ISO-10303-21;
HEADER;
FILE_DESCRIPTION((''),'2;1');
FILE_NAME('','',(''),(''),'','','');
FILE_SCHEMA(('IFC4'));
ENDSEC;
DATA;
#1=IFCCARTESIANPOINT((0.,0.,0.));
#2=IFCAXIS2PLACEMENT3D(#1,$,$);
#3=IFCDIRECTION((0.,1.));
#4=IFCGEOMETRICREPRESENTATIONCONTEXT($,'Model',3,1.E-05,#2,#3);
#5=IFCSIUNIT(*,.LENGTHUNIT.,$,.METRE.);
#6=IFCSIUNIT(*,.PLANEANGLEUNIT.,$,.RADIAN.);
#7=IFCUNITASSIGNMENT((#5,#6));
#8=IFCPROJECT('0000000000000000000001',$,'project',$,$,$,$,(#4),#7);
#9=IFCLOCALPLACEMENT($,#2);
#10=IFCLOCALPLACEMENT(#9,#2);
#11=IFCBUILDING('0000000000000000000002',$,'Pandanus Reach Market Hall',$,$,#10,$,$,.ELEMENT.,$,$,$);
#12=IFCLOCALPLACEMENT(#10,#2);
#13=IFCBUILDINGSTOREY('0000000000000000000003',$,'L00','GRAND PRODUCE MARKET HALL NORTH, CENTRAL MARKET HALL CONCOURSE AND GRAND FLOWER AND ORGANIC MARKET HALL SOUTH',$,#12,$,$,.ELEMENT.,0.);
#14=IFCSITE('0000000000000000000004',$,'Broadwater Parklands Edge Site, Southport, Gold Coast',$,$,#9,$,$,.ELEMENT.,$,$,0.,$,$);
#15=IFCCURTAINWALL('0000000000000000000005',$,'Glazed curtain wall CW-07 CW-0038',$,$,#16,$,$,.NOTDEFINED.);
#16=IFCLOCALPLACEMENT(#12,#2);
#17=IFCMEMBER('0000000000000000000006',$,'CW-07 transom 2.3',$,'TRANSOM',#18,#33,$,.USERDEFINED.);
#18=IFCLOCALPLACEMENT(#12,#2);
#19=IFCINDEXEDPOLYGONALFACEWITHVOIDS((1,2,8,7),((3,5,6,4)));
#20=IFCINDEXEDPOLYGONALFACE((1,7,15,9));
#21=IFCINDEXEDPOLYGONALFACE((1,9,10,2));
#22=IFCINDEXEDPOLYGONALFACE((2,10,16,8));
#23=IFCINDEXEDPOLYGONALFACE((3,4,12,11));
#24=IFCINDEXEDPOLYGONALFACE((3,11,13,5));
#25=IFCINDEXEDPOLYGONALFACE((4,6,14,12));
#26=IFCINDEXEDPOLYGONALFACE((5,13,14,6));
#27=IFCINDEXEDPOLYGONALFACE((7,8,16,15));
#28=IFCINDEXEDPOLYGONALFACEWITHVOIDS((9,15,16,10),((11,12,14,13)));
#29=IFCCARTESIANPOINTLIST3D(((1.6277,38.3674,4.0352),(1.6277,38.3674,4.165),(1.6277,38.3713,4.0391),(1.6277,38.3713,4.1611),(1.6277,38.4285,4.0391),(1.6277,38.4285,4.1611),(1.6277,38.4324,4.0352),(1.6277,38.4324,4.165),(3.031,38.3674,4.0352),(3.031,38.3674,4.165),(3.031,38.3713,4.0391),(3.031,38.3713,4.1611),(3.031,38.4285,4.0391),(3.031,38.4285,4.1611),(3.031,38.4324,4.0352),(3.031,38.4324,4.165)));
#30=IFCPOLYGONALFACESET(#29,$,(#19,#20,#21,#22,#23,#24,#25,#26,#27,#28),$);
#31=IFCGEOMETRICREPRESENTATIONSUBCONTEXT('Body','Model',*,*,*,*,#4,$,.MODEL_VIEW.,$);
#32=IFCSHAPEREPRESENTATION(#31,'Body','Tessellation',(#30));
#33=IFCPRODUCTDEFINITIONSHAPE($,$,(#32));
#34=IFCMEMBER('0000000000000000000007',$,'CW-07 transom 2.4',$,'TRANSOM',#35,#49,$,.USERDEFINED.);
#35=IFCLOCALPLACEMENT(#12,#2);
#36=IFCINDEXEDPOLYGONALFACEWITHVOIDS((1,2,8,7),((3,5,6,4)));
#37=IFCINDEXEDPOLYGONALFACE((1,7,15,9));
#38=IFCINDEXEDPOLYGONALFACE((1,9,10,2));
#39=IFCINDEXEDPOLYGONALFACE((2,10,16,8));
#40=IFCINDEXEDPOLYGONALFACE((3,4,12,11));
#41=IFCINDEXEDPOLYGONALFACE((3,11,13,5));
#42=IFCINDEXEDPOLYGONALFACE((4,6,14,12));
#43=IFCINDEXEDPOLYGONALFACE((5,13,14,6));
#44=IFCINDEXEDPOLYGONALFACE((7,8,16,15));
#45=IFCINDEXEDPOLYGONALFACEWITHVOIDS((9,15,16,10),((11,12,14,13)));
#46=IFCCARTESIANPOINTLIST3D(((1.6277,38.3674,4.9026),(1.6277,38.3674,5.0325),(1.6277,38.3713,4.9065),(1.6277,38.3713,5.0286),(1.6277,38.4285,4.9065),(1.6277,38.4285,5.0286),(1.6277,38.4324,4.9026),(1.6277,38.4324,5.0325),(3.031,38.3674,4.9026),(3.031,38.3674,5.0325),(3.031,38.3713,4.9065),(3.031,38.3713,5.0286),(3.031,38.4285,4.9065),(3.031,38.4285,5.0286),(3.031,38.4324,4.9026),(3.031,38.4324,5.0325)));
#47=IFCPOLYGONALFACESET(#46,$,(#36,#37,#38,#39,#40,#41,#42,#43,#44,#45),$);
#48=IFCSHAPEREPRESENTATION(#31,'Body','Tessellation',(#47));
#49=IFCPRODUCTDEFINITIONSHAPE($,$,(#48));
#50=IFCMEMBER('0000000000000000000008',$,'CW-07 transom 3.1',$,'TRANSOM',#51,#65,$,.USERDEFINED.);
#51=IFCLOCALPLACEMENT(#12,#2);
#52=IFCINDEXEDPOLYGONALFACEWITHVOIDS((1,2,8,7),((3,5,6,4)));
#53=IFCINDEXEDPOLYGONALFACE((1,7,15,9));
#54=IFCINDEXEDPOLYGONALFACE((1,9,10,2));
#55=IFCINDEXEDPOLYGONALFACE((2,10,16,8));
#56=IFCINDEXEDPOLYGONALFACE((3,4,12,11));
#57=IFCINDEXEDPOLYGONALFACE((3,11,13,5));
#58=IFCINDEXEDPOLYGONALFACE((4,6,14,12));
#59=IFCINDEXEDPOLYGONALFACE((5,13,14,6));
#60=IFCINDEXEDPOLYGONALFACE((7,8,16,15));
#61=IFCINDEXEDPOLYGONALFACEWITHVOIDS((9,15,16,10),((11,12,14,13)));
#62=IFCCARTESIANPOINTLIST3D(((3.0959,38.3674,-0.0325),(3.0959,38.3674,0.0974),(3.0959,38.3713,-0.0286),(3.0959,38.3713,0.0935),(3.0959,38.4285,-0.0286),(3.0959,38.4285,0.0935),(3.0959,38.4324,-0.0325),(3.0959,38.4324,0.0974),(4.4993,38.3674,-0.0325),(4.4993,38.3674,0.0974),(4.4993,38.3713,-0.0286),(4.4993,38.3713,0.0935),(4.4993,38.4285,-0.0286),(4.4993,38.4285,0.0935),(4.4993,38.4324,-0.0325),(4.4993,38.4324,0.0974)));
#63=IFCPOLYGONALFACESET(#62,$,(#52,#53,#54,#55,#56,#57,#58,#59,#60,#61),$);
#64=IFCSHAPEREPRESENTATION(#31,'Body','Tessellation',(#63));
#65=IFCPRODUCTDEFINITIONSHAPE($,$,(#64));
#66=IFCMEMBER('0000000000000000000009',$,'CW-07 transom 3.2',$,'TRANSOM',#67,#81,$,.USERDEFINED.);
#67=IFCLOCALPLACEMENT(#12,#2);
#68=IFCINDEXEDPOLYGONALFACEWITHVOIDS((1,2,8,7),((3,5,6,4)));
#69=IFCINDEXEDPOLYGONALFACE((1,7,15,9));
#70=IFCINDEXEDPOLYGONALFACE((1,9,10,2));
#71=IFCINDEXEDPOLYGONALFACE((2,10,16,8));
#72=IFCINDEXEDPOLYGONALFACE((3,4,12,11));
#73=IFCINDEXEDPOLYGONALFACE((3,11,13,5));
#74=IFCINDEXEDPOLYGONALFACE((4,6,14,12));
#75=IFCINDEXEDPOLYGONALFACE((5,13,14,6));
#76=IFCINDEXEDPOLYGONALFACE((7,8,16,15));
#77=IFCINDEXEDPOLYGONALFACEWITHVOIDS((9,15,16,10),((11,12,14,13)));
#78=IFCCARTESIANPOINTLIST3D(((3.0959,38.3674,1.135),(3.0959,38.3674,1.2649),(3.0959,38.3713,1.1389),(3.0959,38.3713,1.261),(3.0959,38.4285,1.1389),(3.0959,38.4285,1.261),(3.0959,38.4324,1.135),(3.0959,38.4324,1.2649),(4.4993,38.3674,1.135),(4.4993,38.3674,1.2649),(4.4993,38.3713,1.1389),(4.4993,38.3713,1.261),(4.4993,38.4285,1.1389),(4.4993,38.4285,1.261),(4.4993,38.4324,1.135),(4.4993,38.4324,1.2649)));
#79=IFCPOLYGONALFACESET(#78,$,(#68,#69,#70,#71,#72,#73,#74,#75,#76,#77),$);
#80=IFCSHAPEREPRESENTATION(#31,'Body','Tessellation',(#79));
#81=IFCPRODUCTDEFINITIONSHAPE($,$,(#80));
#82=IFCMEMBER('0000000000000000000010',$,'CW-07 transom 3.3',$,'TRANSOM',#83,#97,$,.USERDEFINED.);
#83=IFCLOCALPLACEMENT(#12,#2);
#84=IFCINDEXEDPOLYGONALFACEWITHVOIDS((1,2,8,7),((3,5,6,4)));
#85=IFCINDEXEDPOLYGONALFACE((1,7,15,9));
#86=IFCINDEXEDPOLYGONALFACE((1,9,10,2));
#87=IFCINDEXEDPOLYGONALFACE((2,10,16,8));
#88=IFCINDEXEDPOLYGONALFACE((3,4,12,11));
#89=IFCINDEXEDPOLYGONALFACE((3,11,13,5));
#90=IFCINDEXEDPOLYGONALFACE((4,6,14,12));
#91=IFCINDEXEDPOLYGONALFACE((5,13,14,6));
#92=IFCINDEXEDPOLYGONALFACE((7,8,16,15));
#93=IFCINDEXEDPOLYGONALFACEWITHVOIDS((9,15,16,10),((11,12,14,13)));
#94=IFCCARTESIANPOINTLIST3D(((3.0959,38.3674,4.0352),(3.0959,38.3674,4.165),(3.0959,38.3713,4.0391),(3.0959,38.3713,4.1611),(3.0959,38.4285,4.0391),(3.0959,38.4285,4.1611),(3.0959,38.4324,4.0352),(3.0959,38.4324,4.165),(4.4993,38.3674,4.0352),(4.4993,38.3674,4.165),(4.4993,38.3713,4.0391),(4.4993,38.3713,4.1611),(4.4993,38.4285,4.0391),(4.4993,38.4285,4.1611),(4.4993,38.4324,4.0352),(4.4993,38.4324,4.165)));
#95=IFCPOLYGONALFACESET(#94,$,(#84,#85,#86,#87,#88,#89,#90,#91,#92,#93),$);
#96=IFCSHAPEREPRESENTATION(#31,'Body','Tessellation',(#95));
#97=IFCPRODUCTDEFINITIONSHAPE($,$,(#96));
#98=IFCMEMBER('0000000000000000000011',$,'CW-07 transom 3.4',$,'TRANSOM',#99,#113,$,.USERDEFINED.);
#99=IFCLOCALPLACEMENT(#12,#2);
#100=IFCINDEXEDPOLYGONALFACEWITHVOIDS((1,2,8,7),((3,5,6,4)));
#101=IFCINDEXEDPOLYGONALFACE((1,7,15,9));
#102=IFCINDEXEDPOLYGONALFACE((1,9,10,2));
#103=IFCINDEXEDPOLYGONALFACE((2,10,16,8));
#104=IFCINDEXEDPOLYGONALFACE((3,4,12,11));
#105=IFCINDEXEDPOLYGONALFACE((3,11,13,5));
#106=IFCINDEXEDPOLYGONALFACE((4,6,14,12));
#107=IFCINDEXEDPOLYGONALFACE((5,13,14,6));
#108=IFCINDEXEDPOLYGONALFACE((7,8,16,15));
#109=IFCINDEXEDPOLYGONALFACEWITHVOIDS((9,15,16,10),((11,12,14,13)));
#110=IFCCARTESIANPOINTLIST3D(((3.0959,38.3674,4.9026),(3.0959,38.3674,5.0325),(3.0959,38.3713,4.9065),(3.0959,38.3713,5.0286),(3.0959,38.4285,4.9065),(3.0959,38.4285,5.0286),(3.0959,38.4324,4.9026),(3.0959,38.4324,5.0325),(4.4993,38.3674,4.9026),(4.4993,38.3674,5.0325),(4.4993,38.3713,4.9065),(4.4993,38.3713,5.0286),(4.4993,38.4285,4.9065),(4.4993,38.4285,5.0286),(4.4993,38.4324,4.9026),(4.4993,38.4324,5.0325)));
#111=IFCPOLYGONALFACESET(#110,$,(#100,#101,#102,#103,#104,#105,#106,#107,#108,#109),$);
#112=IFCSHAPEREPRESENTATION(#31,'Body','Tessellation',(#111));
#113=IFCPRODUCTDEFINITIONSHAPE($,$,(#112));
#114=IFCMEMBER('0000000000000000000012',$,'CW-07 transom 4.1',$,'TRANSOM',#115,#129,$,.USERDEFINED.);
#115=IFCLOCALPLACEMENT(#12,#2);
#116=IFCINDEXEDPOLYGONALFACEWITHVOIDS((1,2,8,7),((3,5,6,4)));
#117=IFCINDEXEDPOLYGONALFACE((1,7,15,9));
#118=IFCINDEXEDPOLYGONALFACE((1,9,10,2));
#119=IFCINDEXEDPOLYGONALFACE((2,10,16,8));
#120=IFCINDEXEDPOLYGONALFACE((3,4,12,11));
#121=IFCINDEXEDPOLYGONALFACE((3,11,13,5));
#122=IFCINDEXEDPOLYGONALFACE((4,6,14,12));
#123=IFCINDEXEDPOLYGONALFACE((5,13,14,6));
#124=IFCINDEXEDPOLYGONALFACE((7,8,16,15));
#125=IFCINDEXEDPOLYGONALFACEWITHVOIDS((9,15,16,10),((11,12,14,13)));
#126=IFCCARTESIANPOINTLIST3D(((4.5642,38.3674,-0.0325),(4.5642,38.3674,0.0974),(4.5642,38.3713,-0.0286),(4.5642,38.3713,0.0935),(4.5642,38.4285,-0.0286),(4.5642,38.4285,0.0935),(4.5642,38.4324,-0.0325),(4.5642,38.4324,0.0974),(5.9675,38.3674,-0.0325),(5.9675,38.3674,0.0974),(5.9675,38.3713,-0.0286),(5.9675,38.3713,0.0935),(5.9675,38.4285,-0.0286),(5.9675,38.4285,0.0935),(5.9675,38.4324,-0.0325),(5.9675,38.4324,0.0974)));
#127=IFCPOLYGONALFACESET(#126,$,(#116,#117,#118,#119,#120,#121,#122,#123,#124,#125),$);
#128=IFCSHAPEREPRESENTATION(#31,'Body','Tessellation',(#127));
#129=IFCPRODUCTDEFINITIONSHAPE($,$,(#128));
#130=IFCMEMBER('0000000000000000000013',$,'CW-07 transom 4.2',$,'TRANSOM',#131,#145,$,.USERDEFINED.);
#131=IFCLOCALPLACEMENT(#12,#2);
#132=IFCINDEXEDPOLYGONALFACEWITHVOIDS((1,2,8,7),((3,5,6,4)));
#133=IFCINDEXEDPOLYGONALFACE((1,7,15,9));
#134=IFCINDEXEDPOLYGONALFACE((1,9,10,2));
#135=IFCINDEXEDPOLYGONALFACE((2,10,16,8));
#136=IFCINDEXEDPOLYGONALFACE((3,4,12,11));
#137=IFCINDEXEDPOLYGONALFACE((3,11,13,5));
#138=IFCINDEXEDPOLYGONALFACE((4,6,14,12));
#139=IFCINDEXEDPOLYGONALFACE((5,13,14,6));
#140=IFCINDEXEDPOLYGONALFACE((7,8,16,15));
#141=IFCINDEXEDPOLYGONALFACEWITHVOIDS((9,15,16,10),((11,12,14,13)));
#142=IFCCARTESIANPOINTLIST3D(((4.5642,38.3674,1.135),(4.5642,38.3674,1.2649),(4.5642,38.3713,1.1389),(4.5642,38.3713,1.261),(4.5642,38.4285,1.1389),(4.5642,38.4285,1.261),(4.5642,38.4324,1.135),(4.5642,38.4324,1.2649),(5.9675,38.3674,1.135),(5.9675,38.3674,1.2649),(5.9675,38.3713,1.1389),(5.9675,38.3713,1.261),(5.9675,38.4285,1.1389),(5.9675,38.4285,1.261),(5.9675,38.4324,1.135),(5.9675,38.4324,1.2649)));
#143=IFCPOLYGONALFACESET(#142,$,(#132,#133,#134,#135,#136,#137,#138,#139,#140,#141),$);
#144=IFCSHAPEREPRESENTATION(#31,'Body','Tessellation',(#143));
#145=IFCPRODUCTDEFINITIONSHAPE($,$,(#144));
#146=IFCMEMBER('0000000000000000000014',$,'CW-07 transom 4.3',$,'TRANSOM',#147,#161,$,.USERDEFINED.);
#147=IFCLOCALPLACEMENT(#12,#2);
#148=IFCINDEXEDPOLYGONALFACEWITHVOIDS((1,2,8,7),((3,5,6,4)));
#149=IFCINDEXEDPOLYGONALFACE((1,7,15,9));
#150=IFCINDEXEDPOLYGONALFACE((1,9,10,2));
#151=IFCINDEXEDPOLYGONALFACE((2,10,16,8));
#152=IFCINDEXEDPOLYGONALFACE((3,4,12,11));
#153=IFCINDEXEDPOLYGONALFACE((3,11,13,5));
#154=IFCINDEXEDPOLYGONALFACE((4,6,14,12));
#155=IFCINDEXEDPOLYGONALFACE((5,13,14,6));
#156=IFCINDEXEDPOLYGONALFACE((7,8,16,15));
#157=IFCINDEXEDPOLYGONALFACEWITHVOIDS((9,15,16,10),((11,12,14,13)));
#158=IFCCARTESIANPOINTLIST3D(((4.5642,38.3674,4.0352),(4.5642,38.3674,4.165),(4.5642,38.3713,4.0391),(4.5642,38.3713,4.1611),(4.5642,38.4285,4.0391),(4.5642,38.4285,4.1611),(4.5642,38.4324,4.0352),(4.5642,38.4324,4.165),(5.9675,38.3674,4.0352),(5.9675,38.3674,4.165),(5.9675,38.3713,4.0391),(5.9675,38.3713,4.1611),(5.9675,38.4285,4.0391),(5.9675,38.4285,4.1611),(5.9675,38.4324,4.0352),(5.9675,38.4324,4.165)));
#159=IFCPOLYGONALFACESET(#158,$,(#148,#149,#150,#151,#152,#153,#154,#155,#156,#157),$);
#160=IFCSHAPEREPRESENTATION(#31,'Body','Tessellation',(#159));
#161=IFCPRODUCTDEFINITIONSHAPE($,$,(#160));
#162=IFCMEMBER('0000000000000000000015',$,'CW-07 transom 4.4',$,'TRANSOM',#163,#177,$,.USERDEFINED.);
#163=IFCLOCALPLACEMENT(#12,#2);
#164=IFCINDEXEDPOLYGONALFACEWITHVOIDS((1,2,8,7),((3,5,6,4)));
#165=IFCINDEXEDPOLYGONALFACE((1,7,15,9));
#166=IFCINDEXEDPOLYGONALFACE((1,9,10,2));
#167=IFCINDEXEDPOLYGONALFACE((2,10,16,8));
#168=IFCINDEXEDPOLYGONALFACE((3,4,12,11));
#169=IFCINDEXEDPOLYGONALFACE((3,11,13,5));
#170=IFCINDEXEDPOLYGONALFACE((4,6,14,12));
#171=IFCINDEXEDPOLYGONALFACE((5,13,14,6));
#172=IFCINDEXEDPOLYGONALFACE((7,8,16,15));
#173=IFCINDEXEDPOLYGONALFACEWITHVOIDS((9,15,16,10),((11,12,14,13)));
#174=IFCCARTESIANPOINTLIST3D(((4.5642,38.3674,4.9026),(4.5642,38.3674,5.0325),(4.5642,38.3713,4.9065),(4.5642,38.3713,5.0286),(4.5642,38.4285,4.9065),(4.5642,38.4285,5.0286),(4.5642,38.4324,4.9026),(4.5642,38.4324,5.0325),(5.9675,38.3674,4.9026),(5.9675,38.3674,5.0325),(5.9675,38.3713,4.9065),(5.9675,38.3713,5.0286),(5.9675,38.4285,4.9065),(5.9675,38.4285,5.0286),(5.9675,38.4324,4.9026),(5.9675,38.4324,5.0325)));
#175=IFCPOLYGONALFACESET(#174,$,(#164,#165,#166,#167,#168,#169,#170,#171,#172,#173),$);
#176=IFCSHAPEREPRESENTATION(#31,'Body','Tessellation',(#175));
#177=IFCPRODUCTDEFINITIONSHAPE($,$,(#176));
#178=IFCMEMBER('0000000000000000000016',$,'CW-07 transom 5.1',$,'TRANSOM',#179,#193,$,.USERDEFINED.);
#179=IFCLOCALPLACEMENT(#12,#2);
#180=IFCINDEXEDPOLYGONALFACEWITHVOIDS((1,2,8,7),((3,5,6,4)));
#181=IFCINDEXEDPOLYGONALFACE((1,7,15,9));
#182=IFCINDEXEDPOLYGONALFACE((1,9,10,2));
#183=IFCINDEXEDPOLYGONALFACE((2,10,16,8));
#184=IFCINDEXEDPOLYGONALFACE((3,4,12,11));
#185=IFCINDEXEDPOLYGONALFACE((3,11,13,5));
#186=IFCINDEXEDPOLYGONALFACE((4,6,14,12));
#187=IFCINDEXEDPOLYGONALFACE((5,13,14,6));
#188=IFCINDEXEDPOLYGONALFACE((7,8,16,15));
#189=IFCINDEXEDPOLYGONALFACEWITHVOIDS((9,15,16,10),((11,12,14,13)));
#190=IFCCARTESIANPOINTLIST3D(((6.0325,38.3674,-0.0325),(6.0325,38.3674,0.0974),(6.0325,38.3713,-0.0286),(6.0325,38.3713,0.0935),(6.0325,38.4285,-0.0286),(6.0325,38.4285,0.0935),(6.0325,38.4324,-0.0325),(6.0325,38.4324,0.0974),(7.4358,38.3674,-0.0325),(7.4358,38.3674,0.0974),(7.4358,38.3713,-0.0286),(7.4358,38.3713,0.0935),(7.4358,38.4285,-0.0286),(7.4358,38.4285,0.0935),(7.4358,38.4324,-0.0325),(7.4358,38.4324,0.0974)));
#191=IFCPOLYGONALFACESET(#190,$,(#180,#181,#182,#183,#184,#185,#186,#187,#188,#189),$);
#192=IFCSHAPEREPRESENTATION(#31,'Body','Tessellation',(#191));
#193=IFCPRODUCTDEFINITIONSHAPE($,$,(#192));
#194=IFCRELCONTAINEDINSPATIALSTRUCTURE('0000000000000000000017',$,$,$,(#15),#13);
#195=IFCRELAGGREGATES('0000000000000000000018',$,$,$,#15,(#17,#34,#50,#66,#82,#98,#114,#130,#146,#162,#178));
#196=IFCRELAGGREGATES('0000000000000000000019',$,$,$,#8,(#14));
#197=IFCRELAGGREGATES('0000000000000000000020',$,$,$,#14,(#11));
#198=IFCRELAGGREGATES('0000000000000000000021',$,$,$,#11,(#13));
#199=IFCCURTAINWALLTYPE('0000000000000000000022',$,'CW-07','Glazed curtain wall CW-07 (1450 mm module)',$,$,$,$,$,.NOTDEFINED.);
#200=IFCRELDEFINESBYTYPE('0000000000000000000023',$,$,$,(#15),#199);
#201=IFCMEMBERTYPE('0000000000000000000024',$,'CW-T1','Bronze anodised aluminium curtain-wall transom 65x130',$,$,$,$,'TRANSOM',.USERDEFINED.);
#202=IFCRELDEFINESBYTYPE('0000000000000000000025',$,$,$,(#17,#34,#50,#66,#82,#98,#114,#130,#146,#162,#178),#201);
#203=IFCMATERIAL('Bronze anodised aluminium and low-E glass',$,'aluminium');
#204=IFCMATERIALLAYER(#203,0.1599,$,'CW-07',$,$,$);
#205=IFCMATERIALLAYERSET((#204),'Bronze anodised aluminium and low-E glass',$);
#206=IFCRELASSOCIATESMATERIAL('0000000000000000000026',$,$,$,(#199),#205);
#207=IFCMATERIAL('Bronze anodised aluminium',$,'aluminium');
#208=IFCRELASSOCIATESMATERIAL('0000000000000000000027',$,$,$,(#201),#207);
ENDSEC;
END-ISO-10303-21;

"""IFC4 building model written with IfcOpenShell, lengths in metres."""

from ifc_helpers import new_model, si_unit, direction, frame, origin, origin_2d, place, context, subcontext, project, spatial, hollow_rectangle, extrude, material, layer, layer_set, material_profile, profile_set, type_object, element, aggregate, save


model = new_model("IFC4")

# Units and contexts
model_context = context("Model", 3, precision=1e-05, world=origin(), true_north=direction((0.0, 1.0)))
body_context = subcontext(model_context, "Body", "Model", "MODEL_VIEW")
ifc_project = project(units=[si_unit("LENGTHUNIT", "METRE"), si_unit("PLANEANGLEUNIT", "RADIAN")], contexts=[model_context])

# Site, building, storey
site_placement = place(None, origin())
site = spatial("IfcSite", under=ifc_project, at=site_placement, Name="Broadwater Parklands Edge Site, Southport, Gold Coast", CompositionType="ELEMENT", RefElevation=0.0)
building_placement = place(site_placement, origin())
building = spatial("IfcBuilding", under=site, at=building_placement, Name="Pandanus Reach Market Hall", CompositionType="ELEMENT")
storey_placement = place(building_placement, origin())
storey = spatial("IfcBuildingStorey", under=building, at=storey_placement, Name="L00", Description="GRAND PRODUCE MARKET HALL NORTH, CENTRAL MARKET HALL CONCOURSE AND GRAND FLOWER AND ORGANIC MARKET HALL SOUTH", CompositionType="ELEMENT", Elevation=0.0)

# Curtain wall, members
ifc_material_1 = material(Name="Bronze anodised aluminium and low-E glass", Category="aluminium")
ifc_layer_1 = layer(ifc_material_1, 0.1599, Name="CW-07")
ifc_layer_set_1 = layer_set([ifc_layer_1], Name="Bronze anodised aluminium and low-E glass")
curtain_wall_type = type_object("IfcCurtainWallType", Name="CW-07", Description="Glazed curtain wall CW-07 (1450 mm module)", PredefinedType="NOTDEFINED", material=ifc_layer_set_1)
curtain_wall_placement = place(storey_placement, origin())
curtain_wall = element("IfcCurtainWall", 1, at=curtain_wall_placement, inside=storey, type_object=curtain_wall_type, Name="Glazed curtain wall CW-07 CW-0038", PredefinedType="NOTDEFINED")
ifc_material_2 = material(Name="Bronze anodised aluminium", Category="aluminium")
ifc_material_profile_1 = material_profile(ifc_material_2, hollow_rectangle(XDim=0.0649, YDim=0.1299, WallThickness=0.0039, at=origin_2d()), Name="ALU65x130", Category="LoadBearing")
ifc_profile_set_1 = profile_set([ifc_material_profile_1], Name="Bronze anodised aluminium")
member_type_1 = type_object("IfcMemberType", Name="CW-T1", Description="Bronze anodised aluminium curtain-wall transom 65x130", ElementType="TRANSOM", PredefinedType="USERDEFINED", material=ifc_profile_set_1)
member_1_placement = place(storey_placement, frame((1.6277, 38.3999, 4.1001), z_axis=(1.0, 0.0, 0.0), x_axis=(0.0, 1.0, 0.0)))
member_1 = element("IfcMember", 2, at=member_1_placement, type_object=member_type_1, Name="CW-07 transom 2.3", ObjectType="TRANSOM", PredefinedType="USERDEFINED", context=body_context, shape_type="SweptSolid", body=[
    extrude(hollow_rectangle(XDim=0.0649, YDim=0.1299, WallThickness=0.0039, at=origin_2d()), origin(), (0.0, 0.0, 1.0), 1.4033),
])
member_2_placement = place(storey_placement, frame((1.6277, 38.3999, 4.9675), z_axis=(1.0, 0.0, 0.0), x_axis=(0.0, 1.0, 0.0)))
member_2 = element("IfcMember", 3, at=member_2_placement, type_object=member_type_1, Name="CW-07 transom 2.4", ObjectType="TRANSOM", PredefinedType="USERDEFINED", context=body_context, shape_type="SweptSolid", body=[
    extrude(hollow_rectangle(XDim=0.0649, YDim=0.1299, WallThickness=0.0039, at=origin_2d()), origin(), (0.0, 0.0, 1.0), 1.4033),
])
member_3_placement = place(storey_placement, frame((3.0959, 38.3999, 0.0325), z_axis=(1.0, 0.0, 0.0), x_axis=(0.0, 1.0, 0.0)))
member_3 = element("IfcMember", 4, at=member_3_placement, type_object=member_type_1, Name="CW-07 transom 3.1", ObjectType="TRANSOM", PredefinedType="USERDEFINED", context=body_context, shape_type="SweptSolid", body=[
    extrude(hollow_rectangle(XDim=0.0649, YDim=0.1299, WallThickness=0.0039, at=origin_2d()), origin(), (0.0, 0.0, 1.0), 1.4033),
])
member_4_placement = place(storey_placement, frame((3.0959, 38.3999, 1.2), z_axis=(1.0, 0.0, 0.0), x_axis=(0.0, 1.0, 0.0)))
member_4 = element("IfcMember", 5, at=member_4_placement, type_object=member_type_1, Name="CW-07 transom 3.2", ObjectType="TRANSOM", PredefinedType="USERDEFINED", context=body_context, shape_type="SweptSolid", body=[
    extrude(hollow_rectangle(XDim=0.0649, YDim=0.1299, WallThickness=0.0039, at=origin_2d()), origin(), (0.0, 0.0, 1.0), 1.4033),
])
member_5_placement = place(storey_placement, frame((3.0959, 38.3999, 4.1001), z_axis=(1.0, 0.0, 0.0), x_axis=(0.0, 1.0, 0.0)))
member_5 = element("IfcMember", 6, at=member_5_placement, type_object=member_type_1, Name="CW-07 transom 3.3", ObjectType="TRANSOM", PredefinedType="USERDEFINED", context=body_context, shape_type="SweptSolid", body=[
    extrude(hollow_rectangle(XDim=0.0649, YDim=0.1299, WallThickness=0.0039, at=origin_2d()), origin(), (0.0, 0.0, 1.0), 1.4033),
])
member_6_placement = place(storey_placement, frame((3.0959, 38.3999, 4.9675), z_axis=(1.0, 0.0, 0.0), x_axis=(0.0, 1.0, 0.0)))
member_6 = element("IfcMember", 7, at=member_6_placement, type_object=member_type_1, Name="CW-07 transom 3.4", ObjectType="TRANSOM", PredefinedType="USERDEFINED", context=body_context, shape_type="SweptSolid", body=[
    extrude(hollow_rectangle(XDim=0.0649, YDim=0.1299, WallThickness=0.0039, at=origin_2d()), origin(), (0.0, 0.0, 1.0), 1.4033),
])
member_7_placement = place(storey_placement, frame((4.5642, 38.3999, 0.0325), z_axis=(1.0, 0.0, 0.0), x_axis=(0.0, 1.0, 0.0)))
member_7 = element("IfcMember", 8, at=member_7_placement, type_object=member_type_1, Name="CW-07 transom 4.1", ObjectType="TRANSOM", PredefinedType="USERDEFINED", context=body_context, shape_type="SweptSolid", body=[
    extrude(hollow_rectangle(XDim=0.0649, YDim=0.1299, WallThickness=0.0039, at=origin_2d()), origin(), (0.0, 0.0, 1.0), 1.4033),
])
member_8_placement = place(storey_placement, frame((4.5642, 38.3999, 1.2), z_axis=(1.0, 0.0, 0.0), x_axis=(0.0, 1.0, 0.0)))
member_8 = element("IfcMember", 9, at=member_8_placement, type_object=member_type_1, Name="CW-07 transom 4.2", ObjectType="TRANSOM", PredefinedType="USERDEFINED", context=body_context, shape_type="SweptSolid", body=[
    extrude(hollow_rectangle(XDim=0.0649, YDim=0.1299, WallThickness=0.0039, at=origin_2d()), origin(), (0.0, 0.0, 1.0), 1.4033),
])
member_9_placement = place(storey_placement, frame((4.5642, 38.3999, 4.1001), z_axis=(1.0, 0.0, 0.0), x_axis=(0.0, 1.0, 0.0)))
member_9 = element("IfcMember", 10, at=member_9_placement, type_object=member_type_1, Name="CW-07 transom 4.3", ObjectType="TRANSOM", PredefinedType="USERDEFINED", context=body_context, shape_type="SweptSolid", body=[
    extrude(hollow_rectangle(XDim=0.0649, YDim=0.1299, WallThickness=0.0039, at=origin_2d()), origin(), (0.0, 0.0, 1.0), 1.4033),
])
member_10_placement = place(storey_placement, frame((4.5642, 38.3999, 4.9675), z_axis=(1.0, 0.0, 0.0), x_axis=(0.0, 1.0, 0.0)))
member_10 = element("IfcMember", 11, at=member_10_placement, type_object=member_type_1, Name="CW-07 transom 4.4", ObjectType="TRANSOM", PredefinedType="USERDEFINED", context=body_context, shape_type="SweptSolid", body=[
    extrude(hollow_rectangle(XDim=0.0649, YDim=0.1299, WallThickness=0.0039, at=origin_2d()), origin(), (0.0, 0.0, 1.0), 1.4033),
])
member_11_placement = place(storey_placement, frame((6.0325, 38.3999, 0.0325), z_axis=(1.0, 0.0, 0.0), x_axis=(0.0, 1.0, 0.0)))
member_11 = element("IfcMember", 12, at=member_11_placement, type_object=member_type_1, Name="CW-07 transom 5.1", ObjectType="TRANSOM", PredefinedType="USERDEFINED", context=body_context, shape_type="SweptSolid", body=[
    extrude(hollow_rectangle(XDim=0.0649, YDim=0.1299, WallThickness=0.0039, at=origin_2d()), origin(), (0.0, 0.0, 1.0), 1.4033),
])

aggregate(curtain_wall, [member_1, member_2, member_3, member_4, member_5, member_6, member_7, member_8, member_9, member_10, member_11])

save(model, "model.ifc")
